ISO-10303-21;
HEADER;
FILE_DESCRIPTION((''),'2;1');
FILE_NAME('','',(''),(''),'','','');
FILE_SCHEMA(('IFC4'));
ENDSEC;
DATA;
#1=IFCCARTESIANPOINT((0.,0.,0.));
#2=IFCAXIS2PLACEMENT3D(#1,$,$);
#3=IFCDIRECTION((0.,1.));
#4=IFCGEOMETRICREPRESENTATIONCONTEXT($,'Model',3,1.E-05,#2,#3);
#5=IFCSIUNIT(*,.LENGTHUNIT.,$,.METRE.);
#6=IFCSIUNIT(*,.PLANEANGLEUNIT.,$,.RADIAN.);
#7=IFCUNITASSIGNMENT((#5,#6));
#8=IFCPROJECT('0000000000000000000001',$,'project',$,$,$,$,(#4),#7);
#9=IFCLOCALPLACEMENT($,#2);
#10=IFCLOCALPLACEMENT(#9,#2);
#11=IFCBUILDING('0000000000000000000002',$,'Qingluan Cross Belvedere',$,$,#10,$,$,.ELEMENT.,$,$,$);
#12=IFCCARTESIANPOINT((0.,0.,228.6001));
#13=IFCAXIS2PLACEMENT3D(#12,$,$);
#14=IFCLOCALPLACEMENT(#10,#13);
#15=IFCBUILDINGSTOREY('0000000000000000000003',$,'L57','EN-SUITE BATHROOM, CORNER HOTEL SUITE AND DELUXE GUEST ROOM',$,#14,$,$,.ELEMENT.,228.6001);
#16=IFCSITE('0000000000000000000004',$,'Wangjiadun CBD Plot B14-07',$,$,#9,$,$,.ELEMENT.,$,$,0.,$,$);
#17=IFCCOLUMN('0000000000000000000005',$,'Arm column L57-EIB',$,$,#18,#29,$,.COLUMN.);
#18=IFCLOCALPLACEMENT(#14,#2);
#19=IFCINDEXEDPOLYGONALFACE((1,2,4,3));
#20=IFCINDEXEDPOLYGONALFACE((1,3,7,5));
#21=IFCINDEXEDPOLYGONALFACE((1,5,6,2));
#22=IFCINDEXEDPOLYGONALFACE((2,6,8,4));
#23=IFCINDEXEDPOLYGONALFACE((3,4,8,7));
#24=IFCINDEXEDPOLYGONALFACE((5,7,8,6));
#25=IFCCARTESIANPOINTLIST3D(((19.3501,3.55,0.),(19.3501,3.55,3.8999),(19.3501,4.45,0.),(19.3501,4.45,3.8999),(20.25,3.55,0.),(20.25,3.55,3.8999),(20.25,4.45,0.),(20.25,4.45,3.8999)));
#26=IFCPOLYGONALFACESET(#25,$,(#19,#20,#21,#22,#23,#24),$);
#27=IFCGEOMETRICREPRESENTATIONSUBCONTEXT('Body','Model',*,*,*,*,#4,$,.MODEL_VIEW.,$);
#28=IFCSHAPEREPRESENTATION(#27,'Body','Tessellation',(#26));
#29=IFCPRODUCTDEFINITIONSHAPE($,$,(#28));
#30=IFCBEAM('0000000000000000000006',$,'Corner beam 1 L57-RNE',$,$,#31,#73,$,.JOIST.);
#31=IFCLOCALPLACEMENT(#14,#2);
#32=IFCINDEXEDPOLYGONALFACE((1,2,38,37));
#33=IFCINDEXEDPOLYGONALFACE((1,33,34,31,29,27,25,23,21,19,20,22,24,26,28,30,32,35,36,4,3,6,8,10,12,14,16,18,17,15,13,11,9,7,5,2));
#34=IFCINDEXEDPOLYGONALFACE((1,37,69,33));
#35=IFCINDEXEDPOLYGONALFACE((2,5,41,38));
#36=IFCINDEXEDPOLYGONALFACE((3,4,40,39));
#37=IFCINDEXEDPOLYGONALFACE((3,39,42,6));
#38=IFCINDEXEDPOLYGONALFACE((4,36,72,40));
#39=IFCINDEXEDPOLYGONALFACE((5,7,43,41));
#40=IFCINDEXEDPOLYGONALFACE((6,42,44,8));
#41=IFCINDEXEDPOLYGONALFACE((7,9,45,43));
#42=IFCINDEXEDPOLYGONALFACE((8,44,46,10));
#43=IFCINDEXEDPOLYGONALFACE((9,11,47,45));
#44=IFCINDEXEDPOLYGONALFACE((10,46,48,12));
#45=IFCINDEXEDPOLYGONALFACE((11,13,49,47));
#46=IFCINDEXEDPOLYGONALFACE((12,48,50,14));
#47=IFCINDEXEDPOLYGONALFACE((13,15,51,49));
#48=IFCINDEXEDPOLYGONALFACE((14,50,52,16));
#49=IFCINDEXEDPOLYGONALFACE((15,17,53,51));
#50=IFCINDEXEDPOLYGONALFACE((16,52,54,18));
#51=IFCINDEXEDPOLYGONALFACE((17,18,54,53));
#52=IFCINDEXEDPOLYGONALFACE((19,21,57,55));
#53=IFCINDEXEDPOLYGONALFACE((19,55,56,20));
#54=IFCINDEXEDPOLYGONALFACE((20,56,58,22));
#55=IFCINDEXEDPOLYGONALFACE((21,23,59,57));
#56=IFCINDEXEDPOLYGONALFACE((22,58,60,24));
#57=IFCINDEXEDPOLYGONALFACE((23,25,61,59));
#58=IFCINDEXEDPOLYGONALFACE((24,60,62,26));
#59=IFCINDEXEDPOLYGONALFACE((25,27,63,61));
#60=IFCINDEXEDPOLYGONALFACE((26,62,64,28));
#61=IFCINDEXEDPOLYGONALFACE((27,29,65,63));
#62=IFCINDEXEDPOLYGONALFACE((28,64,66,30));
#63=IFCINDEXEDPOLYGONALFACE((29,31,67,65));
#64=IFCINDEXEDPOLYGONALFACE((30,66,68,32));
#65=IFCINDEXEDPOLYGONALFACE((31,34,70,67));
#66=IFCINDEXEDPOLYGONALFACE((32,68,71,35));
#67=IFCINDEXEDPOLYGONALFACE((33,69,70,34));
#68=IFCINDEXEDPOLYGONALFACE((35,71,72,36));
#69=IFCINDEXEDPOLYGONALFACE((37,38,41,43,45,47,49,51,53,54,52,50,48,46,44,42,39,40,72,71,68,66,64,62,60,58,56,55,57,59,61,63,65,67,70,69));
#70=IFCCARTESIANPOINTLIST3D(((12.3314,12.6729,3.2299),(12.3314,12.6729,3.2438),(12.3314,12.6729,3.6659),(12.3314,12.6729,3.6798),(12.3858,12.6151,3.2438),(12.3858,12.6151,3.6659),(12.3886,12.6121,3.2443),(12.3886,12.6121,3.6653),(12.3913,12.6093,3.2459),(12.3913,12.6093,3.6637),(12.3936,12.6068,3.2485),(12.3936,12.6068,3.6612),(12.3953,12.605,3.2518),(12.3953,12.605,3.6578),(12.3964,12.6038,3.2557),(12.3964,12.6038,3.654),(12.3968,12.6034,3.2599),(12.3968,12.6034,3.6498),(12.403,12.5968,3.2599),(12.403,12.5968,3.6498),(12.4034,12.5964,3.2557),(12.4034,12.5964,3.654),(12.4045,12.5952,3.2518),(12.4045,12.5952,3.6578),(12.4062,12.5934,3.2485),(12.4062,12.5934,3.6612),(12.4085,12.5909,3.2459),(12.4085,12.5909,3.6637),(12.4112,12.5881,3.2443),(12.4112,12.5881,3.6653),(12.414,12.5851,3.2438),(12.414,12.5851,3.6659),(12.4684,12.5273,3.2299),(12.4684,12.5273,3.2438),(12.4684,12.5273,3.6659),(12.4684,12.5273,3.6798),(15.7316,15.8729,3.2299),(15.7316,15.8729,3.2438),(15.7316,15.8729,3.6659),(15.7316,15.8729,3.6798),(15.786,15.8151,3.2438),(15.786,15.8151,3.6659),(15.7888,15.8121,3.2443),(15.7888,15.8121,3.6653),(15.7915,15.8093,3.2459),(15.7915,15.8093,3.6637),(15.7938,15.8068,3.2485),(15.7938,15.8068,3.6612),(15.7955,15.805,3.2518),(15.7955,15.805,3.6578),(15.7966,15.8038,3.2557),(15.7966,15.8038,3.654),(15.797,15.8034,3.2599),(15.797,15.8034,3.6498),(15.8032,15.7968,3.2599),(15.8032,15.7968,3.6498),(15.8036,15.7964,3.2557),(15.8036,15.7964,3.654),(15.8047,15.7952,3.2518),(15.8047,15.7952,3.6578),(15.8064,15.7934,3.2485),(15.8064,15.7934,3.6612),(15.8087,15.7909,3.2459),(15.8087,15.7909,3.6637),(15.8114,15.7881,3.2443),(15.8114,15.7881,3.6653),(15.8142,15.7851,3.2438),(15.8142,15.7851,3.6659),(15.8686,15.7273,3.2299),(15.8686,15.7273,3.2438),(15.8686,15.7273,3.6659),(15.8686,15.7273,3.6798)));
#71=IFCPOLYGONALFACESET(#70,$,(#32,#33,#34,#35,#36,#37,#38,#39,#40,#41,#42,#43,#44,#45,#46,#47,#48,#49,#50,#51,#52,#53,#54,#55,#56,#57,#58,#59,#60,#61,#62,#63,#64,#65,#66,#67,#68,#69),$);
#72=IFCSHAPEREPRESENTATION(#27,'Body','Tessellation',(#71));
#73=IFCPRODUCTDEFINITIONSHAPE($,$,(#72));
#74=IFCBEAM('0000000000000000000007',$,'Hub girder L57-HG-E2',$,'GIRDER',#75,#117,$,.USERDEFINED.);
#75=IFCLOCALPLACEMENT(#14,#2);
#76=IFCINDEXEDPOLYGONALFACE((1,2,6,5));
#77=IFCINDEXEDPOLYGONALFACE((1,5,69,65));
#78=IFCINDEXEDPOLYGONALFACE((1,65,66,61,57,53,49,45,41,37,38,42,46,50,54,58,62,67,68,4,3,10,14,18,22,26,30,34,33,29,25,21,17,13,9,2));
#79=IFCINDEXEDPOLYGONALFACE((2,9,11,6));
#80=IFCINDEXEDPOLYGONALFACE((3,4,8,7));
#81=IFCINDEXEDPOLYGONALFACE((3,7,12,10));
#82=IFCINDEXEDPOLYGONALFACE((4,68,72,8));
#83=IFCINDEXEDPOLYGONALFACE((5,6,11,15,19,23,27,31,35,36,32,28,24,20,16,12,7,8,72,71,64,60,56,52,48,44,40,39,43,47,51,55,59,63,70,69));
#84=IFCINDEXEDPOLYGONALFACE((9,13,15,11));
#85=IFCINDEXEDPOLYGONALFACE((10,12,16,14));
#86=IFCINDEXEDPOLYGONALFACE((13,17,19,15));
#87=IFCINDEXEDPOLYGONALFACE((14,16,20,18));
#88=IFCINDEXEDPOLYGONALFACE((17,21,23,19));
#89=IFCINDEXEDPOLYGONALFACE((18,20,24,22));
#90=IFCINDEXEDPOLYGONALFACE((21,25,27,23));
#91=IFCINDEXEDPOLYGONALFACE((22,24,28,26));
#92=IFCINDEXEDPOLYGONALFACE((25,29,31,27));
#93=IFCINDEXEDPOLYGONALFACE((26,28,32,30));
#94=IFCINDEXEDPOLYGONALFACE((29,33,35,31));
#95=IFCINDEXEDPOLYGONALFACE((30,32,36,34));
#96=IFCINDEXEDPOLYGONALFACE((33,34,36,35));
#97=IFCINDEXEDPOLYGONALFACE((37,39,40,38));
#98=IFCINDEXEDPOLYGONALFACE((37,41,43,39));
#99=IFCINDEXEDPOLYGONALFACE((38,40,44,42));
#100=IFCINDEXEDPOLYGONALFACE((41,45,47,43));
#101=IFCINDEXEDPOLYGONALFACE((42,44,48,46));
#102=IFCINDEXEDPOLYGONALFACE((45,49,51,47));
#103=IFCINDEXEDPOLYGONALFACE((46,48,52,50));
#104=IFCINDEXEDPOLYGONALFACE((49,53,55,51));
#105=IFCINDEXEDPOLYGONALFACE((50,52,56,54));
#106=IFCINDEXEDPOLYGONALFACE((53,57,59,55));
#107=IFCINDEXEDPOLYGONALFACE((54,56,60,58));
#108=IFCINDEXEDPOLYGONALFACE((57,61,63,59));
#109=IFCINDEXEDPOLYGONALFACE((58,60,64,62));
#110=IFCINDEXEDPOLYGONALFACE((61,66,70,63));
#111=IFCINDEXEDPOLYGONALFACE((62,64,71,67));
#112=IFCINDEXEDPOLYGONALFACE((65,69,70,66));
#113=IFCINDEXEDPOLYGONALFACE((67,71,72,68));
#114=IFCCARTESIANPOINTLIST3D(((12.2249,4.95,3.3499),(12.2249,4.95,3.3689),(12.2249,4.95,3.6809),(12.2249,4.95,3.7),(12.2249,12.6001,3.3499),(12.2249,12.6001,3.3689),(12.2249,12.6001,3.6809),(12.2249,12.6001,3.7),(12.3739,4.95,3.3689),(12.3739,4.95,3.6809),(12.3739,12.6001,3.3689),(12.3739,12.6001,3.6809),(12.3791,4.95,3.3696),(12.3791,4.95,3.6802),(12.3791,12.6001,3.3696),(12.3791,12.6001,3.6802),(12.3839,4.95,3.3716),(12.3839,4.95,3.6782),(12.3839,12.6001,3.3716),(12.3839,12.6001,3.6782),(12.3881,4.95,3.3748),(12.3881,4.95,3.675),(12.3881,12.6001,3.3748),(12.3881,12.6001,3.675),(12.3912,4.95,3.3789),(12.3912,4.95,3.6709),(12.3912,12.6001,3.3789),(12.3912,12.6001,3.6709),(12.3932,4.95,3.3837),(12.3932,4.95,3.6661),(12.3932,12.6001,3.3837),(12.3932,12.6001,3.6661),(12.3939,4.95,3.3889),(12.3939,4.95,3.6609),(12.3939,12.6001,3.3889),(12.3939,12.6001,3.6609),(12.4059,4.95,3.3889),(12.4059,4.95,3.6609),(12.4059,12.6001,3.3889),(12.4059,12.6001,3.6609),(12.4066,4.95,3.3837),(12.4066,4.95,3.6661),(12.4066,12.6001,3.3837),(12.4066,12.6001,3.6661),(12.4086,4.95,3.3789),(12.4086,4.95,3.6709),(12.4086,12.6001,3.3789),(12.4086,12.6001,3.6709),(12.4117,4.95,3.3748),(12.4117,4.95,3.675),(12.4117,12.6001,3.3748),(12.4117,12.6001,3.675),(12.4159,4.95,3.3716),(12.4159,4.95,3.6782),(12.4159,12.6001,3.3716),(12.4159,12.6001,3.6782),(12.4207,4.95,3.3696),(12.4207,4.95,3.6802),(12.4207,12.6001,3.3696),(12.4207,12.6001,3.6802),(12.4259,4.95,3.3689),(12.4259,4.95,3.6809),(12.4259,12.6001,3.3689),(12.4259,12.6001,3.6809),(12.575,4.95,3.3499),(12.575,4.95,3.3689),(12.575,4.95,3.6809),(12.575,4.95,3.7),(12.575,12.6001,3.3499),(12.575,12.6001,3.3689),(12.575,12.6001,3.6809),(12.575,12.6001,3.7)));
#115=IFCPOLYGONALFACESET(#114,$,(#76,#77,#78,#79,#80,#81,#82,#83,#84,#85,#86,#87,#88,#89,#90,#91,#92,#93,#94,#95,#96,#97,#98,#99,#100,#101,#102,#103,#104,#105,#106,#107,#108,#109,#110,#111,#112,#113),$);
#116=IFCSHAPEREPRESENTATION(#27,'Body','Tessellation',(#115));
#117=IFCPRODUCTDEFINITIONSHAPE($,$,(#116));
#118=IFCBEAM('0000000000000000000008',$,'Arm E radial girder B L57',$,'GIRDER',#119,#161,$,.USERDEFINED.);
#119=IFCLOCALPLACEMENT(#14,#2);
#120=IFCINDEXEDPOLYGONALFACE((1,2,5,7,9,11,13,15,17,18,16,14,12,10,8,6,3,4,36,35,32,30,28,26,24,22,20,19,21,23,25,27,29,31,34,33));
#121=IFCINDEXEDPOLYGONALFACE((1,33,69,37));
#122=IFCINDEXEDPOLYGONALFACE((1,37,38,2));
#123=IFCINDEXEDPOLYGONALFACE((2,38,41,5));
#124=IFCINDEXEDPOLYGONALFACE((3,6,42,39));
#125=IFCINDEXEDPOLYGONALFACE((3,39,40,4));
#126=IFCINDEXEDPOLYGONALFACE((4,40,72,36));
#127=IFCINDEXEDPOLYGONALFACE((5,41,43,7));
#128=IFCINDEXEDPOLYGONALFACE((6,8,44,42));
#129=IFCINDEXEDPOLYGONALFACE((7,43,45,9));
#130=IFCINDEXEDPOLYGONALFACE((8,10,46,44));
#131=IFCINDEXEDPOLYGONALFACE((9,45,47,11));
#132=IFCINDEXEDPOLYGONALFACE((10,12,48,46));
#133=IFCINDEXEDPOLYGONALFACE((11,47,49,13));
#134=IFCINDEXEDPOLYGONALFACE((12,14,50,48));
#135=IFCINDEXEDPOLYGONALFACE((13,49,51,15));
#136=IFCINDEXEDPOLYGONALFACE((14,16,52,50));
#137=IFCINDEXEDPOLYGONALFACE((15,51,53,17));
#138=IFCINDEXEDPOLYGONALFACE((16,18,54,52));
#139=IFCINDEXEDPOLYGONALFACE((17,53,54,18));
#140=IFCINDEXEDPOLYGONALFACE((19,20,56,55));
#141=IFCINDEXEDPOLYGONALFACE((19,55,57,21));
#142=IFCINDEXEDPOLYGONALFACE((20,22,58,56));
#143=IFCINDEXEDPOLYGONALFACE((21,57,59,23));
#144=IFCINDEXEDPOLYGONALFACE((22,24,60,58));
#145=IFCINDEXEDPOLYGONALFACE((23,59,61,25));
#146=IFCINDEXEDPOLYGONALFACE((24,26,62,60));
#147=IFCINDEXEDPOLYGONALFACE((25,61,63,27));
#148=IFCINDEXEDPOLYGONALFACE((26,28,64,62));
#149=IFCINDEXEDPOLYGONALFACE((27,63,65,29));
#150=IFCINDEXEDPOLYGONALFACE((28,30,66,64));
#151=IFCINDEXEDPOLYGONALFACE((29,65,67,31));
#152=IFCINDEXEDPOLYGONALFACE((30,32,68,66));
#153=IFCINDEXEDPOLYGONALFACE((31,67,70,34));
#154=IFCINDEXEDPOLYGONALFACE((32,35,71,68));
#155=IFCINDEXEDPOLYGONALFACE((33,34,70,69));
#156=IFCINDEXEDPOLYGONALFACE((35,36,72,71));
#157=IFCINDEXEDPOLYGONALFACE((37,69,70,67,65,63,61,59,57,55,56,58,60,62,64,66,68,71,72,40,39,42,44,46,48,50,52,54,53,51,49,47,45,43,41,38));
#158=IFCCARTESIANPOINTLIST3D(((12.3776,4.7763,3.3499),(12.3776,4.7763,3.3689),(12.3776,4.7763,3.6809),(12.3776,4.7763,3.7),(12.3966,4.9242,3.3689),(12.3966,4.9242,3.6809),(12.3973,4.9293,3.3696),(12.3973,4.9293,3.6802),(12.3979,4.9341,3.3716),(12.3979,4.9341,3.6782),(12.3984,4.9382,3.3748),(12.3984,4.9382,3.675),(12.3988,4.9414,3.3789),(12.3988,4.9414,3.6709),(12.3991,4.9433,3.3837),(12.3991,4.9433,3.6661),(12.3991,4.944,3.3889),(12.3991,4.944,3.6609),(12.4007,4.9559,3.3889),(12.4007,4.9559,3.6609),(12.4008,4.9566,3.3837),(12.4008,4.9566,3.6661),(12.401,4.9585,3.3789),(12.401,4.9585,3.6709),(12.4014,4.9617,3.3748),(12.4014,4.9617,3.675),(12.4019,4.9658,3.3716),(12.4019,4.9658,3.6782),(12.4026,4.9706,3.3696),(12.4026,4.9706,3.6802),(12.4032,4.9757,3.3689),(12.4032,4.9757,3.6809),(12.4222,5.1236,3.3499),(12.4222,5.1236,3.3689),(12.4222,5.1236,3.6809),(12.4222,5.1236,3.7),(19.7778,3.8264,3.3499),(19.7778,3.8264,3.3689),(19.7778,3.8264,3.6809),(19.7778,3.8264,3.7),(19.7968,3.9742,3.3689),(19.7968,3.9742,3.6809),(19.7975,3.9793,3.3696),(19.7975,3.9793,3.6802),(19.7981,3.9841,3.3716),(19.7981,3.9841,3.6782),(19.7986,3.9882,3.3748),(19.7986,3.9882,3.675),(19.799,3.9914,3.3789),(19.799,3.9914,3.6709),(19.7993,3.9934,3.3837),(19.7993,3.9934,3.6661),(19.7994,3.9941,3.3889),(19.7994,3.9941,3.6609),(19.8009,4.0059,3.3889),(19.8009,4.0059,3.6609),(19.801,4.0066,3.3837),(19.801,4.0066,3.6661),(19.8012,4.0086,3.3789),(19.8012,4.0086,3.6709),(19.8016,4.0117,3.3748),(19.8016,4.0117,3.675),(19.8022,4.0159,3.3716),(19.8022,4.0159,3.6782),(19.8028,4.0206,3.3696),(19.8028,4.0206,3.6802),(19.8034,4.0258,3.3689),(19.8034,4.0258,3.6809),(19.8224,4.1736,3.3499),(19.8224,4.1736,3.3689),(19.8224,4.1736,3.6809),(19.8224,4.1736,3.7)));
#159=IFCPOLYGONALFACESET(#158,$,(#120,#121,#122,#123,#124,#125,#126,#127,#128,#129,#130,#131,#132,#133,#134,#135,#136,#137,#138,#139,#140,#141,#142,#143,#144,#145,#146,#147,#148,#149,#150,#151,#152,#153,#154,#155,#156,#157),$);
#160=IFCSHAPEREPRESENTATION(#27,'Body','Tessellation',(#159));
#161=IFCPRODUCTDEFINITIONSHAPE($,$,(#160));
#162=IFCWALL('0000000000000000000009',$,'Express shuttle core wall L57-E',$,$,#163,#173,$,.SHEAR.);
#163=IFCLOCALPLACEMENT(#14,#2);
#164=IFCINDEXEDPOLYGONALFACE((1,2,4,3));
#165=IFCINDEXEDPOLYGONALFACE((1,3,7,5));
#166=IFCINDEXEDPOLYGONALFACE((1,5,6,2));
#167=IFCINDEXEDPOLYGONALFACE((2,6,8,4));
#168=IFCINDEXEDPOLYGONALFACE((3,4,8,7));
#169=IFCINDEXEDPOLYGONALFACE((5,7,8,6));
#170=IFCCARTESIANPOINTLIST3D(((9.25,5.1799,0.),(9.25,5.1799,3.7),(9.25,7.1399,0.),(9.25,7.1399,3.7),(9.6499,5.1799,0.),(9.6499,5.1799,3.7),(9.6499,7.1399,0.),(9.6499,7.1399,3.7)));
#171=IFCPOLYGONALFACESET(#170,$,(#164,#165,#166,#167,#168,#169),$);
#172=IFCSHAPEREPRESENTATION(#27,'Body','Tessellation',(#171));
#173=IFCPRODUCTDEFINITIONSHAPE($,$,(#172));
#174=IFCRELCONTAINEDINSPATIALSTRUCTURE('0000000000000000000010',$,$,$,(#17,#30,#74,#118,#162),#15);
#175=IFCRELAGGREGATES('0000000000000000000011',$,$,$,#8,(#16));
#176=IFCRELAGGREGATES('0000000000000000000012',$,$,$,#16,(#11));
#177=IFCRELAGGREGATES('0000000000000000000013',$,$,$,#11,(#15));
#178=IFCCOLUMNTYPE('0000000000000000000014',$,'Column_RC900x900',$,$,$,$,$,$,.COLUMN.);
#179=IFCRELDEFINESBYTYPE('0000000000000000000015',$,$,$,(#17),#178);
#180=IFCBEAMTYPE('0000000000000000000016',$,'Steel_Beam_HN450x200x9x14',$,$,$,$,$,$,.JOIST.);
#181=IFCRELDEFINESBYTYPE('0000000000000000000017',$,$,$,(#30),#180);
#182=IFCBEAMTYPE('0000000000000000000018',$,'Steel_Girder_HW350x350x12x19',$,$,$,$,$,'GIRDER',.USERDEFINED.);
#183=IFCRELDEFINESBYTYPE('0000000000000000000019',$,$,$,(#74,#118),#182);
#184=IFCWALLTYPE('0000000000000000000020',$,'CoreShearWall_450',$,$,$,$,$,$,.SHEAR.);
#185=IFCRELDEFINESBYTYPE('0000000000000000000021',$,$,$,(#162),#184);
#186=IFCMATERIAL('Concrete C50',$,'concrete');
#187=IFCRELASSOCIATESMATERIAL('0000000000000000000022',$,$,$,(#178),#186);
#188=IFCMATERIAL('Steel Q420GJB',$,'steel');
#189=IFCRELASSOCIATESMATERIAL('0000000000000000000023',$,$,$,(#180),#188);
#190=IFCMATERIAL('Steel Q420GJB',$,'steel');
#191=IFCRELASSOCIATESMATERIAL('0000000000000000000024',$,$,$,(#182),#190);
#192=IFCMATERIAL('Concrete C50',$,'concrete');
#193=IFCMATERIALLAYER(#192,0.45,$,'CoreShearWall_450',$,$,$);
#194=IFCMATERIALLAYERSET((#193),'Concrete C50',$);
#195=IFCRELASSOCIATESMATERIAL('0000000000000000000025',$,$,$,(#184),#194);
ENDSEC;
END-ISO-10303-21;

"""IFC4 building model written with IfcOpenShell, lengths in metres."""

from ifc_helpers import new_model, si_unit, direction, frame, frame_2d, origin, origin_2d, place, context, subcontext, project, spatial, rectangle, i_section, extrude, material, layer, layer_set, material_profile, profile_set, type_object, element, save


model = new_model("IFC4")

# Units and contexts
model_context = context("Model", 3, precision=1e-05, world=origin(), true_north=direction((0.0, 1.0)))
body_context = subcontext(model_context, "Body", "Model", "MODEL_VIEW")
ifc_project = project(units=[si_unit("LENGTHUNIT", "METRE"), si_unit("PLANEANGLEUNIT", "RADIAN")], contexts=[model_context])

# Site, building, storey
site_placement = place(None, origin())
site = spatial("IfcSite", under=ifc_project, at=site_placement, Name="Wangjiadun CBD Plot B14-07", CompositionType="ELEMENT", RefElevation=0.0)
building_placement = place(site_placement, origin())
building = spatial("IfcBuilding", under=site, at=building_placement, Name="Qingluan Cross Belvedere", CompositionType="ELEMENT")
storey_placement = place(building_placement, frame((0.0, 0.0, 228.6001)))
storey = spatial("IfcBuildingStorey", under=building, at=storey_placement, Name="L57", Description="EN-SUITE BATHROOM, CORNER HOTEL SUITE AND DELUXE GUEST ROOM", CompositionType="ELEMENT", Elevation=228.6001)

# Column
ifc_material_1 = material(Name="Concrete C50", Category="concrete")
ifc_material_profile_1 = material_profile(ifc_material_1, rectangle(XDim=0.8999, YDim=0.8999, at=origin_2d()), Name="RC900x900")
ifc_profile_set_1 = profile_set([ifc_material_profile_1], Name="Concrete C50")
column_type = type_object("IfcColumnType", Name="Column_RC900x900", PredefinedType="COLUMN", material=ifc_profile_set_1)
column_placement = place(storey_placement, frame((19.8, 4.0, 0.0), z_axis=(0.0, 0.0, 1.0), x_axis=(1.0, 0.0, 0.0)))
element("IfcColumn", 1, at=column_placement, inside=storey, type_object=column_type, Name="Arm column L57-EIB", PredefinedType="COLUMN", context=body_context, shape_type="SweptSolid", body=[
    extrude(rectangle(XDim=0.8999, YDim=0.8999, at=origin_2d()), origin(), (0.0, 0.0, 1.0), 3.8999),
])

# Beams
ifc_material_2 = material(Name="Steel Q420GJB", Category="steel")
ifc_material_profile_2 = material_profile(ifc_material_2, i_section(OverallWidth=0.2, OverallDepth=0.45, WebThickness=0.009, FlangeThickness=0.0139, FilletRadius=0.0161, at=origin_2d()), Name="HN450x200x9x14")
ifc_profile_set_2 = profile_set([ifc_material_profile_2], Name="Steel Q420GJB")
beam_type_1 = type_object("IfcBeamType", Name="Steel_Beam_HN450x200x9x14", PredefinedType="JOIST", material=ifc_profile_set_2)
beam_1_placement = place(storey_placement, frame((12.3999, 12.6001, 3.4548), z_axis=(0.72822, 0.685343, 0.0), x_axis=(-0.685343, 0.72822, 0.0)))
element("IfcBeam", 2, at=beam_1_placement, inside=storey, type_object=beam_type_1, Name="Corner beam 1 L57-RNE", PredefinedType="JOIST", context=body_context, shape_type="SweptSolid", body=[
    extrude(i_section(OverallWidth=0.2, OverallDepth=0.45, WebThickness=0.009, FlangeThickness=0.0139, FilletRadius=0.0161, at=origin_2d()), origin(), (0.0, 0.0, 1.0), 4.6692),
])
ifc_material_3 = material(Name="Steel Q420GJB", Category="steel")
ifc_material_profile_3 = material_profile(ifc_material_3, i_section(OverallWidth=0.3501, OverallDepth=0.3501, WebThickness=0.012, FlangeThickness=0.019, FilletRadius=0.02, at=origin_2d()), Name="HW350x350x12x19")
ifc_profile_set_3 = profile_set([ifc_material_profile_3], Name="Steel Q420GJB")
beam_type_2 = type_object("IfcBeamType", Name="Steel_Girder_HW350x350x12x19", ElementType="GIRDER", PredefinedType="USERDEFINED", material=ifc_profile_set_3)
beam_2_placement = place(storey_placement, frame((12.3999, 4.95, 3.5249), z_axis=(0.0, 1.0, 0.0), x_axis=(-1.0, 0.0, 0.0)))
element("IfcBeam", 3, at=beam_2_placement, inside=storey, type_object=beam_type_2, Name="Hub girder L57-HG-E2", ObjectType="GIRDER", PredefinedType="USERDEFINED", context=body_context, shape_type="SweptSolid", body=[
    extrude(i_section(OverallWidth=0.3501, OverallDepth=0.3501, WebThickness=0.012, FlangeThickness=0.019, FilletRadius=0.02, at=origin_2d()), origin(), (0.0, 0.0, 1.0), 7.6501),
])
beam_3_placement = place(storey_placement, frame((12.3999, 4.95, 3.5249), z_axis=(0.991861, -0.127324, 0.0), x_axis=(0.127324, 0.991861, 0.0)))
element("IfcBeam", 4, at=beam_3_placement, inside=storey, type_object=beam_type_2, Name="Arm E radial girder B L57", ObjectType="GIRDER", PredefinedType="USERDEFINED", context=body_context, shape_type="SweptSolid", body=[
    extrude(i_section(OverallWidth=0.3501, OverallDepth=0.3501, WebThickness=0.012, FlangeThickness=0.019, FilletRadius=0.02, at=origin_2d()), origin(), (0.0, 0.0, 1.0), 7.4609),
])

# Wall
ifc_material_4 = material(Name="Concrete C50", Category="concrete")
ifc_layer_1 = layer(ifc_material_4, 0.45, Name="CoreShearWall_450")
ifc_layer_set_1 = layer_set([ifc_layer_1], Name="Concrete C50")
wall_type_1 = type_object("IfcWallType", Name="CoreShearWall_450", PredefinedType="SHEAR", material=ifc_layer_set_1)
wall_1_placement = place(storey_placement, frame((9.45, 5.1799, 0.0), z_axis=(0.0, 0.0, 1.0), x_axis=(0.0, 1.0, 0.0)))
element("IfcWall", 5, at=wall_1_placement, inside=storey, type_object=wall_type_1, Name="Express shuttle core wall L57-E", PredefinedType="SHEAR", context=body_context, shape_type="SweptSolid", body=[
    extrude(rectangle(XDim=1.96, YDim=0.3999, at=frame_2d((0.98, 0.0))), origin(), (0.0, 0.0, 1.0), 3.7),
])

save(model, "model.ifc")
